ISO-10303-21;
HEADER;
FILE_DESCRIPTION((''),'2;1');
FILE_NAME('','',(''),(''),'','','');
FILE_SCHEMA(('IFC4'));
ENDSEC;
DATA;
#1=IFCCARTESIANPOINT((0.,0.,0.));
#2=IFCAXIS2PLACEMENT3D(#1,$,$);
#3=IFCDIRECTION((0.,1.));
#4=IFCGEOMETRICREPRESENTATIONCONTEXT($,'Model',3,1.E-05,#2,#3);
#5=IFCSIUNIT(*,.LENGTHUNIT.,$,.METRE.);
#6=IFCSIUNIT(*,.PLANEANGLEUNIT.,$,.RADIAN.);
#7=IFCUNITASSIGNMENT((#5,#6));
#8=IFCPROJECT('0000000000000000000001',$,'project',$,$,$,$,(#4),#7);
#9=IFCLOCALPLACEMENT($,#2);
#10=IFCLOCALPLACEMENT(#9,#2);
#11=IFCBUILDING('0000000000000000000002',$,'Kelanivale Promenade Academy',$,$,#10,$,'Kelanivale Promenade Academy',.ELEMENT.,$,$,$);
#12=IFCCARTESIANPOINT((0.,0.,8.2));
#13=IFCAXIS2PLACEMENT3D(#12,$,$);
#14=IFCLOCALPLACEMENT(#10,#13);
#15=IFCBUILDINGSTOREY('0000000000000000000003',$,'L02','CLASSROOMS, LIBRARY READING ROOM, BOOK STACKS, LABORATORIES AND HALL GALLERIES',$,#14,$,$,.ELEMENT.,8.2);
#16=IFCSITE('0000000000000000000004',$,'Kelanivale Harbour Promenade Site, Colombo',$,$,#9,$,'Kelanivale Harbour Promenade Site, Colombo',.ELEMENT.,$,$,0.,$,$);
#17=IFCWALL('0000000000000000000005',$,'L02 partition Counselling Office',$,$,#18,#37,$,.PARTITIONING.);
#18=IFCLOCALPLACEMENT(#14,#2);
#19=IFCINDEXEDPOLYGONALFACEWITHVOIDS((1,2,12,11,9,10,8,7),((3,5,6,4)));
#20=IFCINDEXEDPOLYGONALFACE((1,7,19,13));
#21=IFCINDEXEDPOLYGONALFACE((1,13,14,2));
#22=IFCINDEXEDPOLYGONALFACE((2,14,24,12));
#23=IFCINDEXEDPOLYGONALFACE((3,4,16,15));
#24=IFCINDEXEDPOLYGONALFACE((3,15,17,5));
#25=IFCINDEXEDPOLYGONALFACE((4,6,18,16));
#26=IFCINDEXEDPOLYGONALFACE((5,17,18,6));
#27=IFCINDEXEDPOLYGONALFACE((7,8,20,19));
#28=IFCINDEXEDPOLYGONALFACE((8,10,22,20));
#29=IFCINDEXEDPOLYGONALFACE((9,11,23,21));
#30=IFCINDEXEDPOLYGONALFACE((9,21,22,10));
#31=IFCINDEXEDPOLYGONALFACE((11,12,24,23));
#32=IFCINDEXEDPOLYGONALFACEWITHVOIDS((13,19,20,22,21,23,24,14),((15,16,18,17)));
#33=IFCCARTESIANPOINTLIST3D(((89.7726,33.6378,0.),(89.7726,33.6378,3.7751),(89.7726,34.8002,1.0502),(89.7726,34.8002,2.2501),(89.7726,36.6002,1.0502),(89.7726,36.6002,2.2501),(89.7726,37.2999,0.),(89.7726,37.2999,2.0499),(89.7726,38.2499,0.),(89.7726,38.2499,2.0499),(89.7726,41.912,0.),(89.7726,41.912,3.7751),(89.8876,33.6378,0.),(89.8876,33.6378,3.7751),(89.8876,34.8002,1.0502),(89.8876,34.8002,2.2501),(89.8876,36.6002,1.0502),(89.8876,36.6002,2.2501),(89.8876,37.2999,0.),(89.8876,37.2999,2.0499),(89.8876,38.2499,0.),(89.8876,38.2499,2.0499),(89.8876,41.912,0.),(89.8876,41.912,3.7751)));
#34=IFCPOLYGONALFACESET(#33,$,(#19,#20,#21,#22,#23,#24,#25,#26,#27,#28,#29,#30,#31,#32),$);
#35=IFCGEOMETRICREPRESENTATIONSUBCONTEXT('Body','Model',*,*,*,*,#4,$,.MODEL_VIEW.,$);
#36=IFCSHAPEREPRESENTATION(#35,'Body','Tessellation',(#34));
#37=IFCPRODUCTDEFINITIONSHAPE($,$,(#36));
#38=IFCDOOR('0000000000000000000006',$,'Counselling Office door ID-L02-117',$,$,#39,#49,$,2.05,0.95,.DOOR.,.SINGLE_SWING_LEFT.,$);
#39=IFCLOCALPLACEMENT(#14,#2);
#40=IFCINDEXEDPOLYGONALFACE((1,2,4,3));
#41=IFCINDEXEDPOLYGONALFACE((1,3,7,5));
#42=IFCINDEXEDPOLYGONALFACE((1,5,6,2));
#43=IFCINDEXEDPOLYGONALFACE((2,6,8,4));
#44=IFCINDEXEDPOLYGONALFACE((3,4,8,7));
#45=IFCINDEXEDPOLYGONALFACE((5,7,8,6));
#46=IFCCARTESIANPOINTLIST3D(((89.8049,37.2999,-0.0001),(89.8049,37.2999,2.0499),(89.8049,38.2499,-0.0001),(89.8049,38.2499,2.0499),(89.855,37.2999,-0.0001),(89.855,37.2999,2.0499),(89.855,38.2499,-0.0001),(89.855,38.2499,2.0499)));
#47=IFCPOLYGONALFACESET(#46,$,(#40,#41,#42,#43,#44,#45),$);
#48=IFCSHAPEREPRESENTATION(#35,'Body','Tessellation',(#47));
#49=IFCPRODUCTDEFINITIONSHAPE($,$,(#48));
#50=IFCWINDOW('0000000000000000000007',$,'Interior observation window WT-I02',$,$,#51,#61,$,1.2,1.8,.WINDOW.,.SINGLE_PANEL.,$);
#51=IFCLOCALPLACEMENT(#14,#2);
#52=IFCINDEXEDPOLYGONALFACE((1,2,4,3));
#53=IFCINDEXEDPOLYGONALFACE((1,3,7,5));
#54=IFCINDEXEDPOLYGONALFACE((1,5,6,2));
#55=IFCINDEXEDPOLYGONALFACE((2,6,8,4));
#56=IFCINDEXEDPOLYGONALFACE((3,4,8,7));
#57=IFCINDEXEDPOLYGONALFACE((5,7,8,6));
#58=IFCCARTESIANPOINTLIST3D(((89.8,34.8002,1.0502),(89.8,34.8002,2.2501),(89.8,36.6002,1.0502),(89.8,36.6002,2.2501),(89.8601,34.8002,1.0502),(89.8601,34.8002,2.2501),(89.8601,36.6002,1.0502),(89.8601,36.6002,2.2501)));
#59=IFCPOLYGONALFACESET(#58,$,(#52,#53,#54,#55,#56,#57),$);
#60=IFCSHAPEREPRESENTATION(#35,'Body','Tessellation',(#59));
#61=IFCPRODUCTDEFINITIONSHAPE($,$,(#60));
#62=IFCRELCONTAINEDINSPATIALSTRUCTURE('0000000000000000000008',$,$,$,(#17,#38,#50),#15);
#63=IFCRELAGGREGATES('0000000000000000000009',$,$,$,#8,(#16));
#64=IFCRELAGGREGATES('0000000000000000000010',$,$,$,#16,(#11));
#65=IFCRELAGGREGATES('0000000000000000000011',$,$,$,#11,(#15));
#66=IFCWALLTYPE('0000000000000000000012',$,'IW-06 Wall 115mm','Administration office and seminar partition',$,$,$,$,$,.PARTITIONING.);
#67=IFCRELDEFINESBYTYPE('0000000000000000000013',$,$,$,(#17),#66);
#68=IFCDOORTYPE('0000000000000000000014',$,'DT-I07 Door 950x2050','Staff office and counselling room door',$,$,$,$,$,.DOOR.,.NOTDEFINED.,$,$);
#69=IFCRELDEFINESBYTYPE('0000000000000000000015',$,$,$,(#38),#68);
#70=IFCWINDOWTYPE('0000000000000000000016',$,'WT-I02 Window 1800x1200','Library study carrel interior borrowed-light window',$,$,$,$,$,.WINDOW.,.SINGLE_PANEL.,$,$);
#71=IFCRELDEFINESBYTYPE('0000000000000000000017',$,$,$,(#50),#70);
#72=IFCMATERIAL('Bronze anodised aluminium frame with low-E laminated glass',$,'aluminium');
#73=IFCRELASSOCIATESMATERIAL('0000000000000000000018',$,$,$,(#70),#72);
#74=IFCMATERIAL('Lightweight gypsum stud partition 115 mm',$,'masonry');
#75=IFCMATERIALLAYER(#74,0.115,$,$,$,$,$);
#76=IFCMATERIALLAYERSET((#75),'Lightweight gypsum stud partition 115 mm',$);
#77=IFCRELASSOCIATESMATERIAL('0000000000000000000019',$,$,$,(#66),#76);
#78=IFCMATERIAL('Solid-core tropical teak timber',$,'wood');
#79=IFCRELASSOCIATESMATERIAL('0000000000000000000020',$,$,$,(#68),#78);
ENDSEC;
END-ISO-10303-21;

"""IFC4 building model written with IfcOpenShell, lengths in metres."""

from ifc_helpers import new_model, si_unit, direction, frame, frame_2d, origin, place, context, subcontext, project, spatial, rectangle, extrude, material, layer, layer_set, type_object, element, fill, save


model = new_model("IFC4")

# Units and contexts
model_context = context("Model", 3, precision=1e-05, world=origin(), true_north=direction((0.0, 1.0)))
body_context = subcontext(model_context, "Body", "Model", "MODEL_VIEW")
ifc_project = project(units=[si_unit("LENGTHUNIT", "METRE"), si_unit("PLANEANGLEUNIT", "RADIAN")], contexts=[model_context])

# Site, building, storey
site_placement = place(None, origin())
site = spatial("IfcSite", under=ifc_project, at=site_placement, Name="Kelanivale Harbour Promenade Site, Colombo", LongName="Kelanivale Harbour Promenade Site, Colombo", CompositionType="ELEMENT", RefElevation=0.0)
building_placement = place(site_placement, origin())
building = spatial("IfcBuilding", under=site, at=building_placement, Name="Kelanivale Promenade Academy", LongName="Kelanivale Promenade Academy", CompositionType="ELEMENT")
storey_placement = place(building_placement, frame((0.0, 0.0, 8.2)))
storey = spatial("IfcBuildingStorey", under=building, at=storey_placement, Name="L02", Description="CLASSROOMS, LIBRARY READING ROOM, BOOK STACKS, LABORATORIES AND HALL GALLERIES", CompositionType="ELEMENT", Elevation=8.2)

# Shared definitions
ifc_material_1 = material(Name="Bronze anodised aluminium frame with low-E laminated glass", Category="aluminium")

# Shared definitions
ifc_material_2 = material(Name="Solid-core tropical teak timber", Category="wood")
window_type_1 = type_object("IfcWindowType", Name="WT-I02 Window 1800x1200", Description="Library study carrel interior borrowed-light window", PartitioningType="SINGLE_PANEL", PredefinedType="WINDOW", material=ifc_material_1)

# Shared definitions
ifc_material_3 = material(Name="Lightweight gypsum stud partition 115 mm", Category="masonry")
ifc_layer_1 = layer(ifc_material_3, 0.115)
ifc_layer_set_1 = layer_set([ifc_layer_1], Name="Lightweight gypsum stud partition 115 mm")
wall_type_1 = type_object("IfcWallType", Name="IW-06 Wall 115mm", Description="Administration office and seminar partition", PredefinedType="PARTITIONING", material=ifc_layer_set_1)

# Wall, openings, door, window
wall_1_placement = place(storey_placement, frame((89.8301, 41.9121, 0.0), z_axis=(0.0, 0.0, 1.0), x_axis=(0.0, -1.0, 0.0)))
wall_1 = element("IfcWall", 1, at=wall_1_placement, inside=storey, type_object=wall_type_1, Name="L02 partition Counselling Office", PredefinedType="PARTITIONING", context=body_context, shape_type="SweptSolid", body=[
    extrude(rectangle(XDim=8.2742, YDim=0.115, at=frame_2d((4.1372, 0.0))), origin(), (0.0, 0.0, 1.0), 3.7751),
])
opening_1_placement = place(wall_1_placement, frame((3.6621, 0.0, 0.0)))
opening_1 = element("IfcOpeningElement", 2, at=opening_1_placement, cuts=wall_1, PredefinedType="OPENING", context=body_context, shape_type="SweptSolid", body=[
    extrude(rectangle(XDim=0.95, YDim=2.05, at=frame_2d((0.4751, 1.0249))), frame((0.0, 0.0674, 0.0), z_axis=(0.0, -1.0, 0.0), x_axis=(1.0, 0.0, 0.0)), (0.0, 0.0, 1.0), 0.135),
])
opening_2_placement = place(wall_1_placement, frame((5.312, 0.0, 1.05)))
opening_2 = element("IfcOpeningElement", 3, at=opening_2_placement, cuts=wall_1, PredefinedType="OPENING", context=body_context, shape_type="SweptSolid", body=[
    extrude(rectangle(XDim=1.8, YDim=1.2, at=frame_2d((0.8999, 0.6001))), frame((0.0, 0.0674, 0.0), z_axis=(0.0, -1.0, 0.0), x_axis=(1.0, 0.0, 0.0)), (0.0, 0.0, 1.0), 0.135),
])
door_type_1 = type_object("IfcDoorType", Name="DT-I07 Door 950x2050", Description="Staff office and counselling room door", OperationType="NOTDEFINED", PredefinedType="DOOR", material=ifc_material_2)
door_1_placement = place(opening_1_placement, origin())
door_1 = element("IfcDoor", 4, at=door_1_placement, inside=storey, type_object=door_type_1, Name="Counselling Office door ID-L02-117", OperationType="SINGLE_SWING_LEFT", OverallHeight=2.05, OverallWidth=0.95, PredefinedType="DOOR", context=body_context, shape_type="SweptSolid", body=[
    extrude(rectangle(XDim=0.95, YDim=2.05, at=frame_2d((0.4751, 1.0249))), frame((0.0, 0.0249, 0.0), z_axis=(0.0, -1.0, 0.0), x_axis=(1.0, 0.0, 0.0)), (0.0, 0.0, 1.0), 0.05),
])
fill(opening_1, door_1)
window_1_placement = place(opening_2_placement, origin())
window_1 = element("IfcWindow", 5, at=window_1_placement, inside=storey, type_object=window_type_1, Name="Interior observation window WT-I02", OverallHeight=1.2, OverallWidth=1.8, PartitioningType="SINGLE_PANEL", PredefinedType="WINDOW", context=body_context, shape_type="SweptSolid", body=[
    extrude(rectangle(XDim=1.8, YDim=1.2, at=frame_2d((0.8999, 0.6001))), frame((0.0, 0.03, 0.0), z_axis=(0.0, -1.0, 0.0), x_axis=(1.0, 0.0, 0.0)), (0.0, 0.0, 1.0), 0.0601),
])
fill(opening_2, window_1)

save(model, "model.ifc")
